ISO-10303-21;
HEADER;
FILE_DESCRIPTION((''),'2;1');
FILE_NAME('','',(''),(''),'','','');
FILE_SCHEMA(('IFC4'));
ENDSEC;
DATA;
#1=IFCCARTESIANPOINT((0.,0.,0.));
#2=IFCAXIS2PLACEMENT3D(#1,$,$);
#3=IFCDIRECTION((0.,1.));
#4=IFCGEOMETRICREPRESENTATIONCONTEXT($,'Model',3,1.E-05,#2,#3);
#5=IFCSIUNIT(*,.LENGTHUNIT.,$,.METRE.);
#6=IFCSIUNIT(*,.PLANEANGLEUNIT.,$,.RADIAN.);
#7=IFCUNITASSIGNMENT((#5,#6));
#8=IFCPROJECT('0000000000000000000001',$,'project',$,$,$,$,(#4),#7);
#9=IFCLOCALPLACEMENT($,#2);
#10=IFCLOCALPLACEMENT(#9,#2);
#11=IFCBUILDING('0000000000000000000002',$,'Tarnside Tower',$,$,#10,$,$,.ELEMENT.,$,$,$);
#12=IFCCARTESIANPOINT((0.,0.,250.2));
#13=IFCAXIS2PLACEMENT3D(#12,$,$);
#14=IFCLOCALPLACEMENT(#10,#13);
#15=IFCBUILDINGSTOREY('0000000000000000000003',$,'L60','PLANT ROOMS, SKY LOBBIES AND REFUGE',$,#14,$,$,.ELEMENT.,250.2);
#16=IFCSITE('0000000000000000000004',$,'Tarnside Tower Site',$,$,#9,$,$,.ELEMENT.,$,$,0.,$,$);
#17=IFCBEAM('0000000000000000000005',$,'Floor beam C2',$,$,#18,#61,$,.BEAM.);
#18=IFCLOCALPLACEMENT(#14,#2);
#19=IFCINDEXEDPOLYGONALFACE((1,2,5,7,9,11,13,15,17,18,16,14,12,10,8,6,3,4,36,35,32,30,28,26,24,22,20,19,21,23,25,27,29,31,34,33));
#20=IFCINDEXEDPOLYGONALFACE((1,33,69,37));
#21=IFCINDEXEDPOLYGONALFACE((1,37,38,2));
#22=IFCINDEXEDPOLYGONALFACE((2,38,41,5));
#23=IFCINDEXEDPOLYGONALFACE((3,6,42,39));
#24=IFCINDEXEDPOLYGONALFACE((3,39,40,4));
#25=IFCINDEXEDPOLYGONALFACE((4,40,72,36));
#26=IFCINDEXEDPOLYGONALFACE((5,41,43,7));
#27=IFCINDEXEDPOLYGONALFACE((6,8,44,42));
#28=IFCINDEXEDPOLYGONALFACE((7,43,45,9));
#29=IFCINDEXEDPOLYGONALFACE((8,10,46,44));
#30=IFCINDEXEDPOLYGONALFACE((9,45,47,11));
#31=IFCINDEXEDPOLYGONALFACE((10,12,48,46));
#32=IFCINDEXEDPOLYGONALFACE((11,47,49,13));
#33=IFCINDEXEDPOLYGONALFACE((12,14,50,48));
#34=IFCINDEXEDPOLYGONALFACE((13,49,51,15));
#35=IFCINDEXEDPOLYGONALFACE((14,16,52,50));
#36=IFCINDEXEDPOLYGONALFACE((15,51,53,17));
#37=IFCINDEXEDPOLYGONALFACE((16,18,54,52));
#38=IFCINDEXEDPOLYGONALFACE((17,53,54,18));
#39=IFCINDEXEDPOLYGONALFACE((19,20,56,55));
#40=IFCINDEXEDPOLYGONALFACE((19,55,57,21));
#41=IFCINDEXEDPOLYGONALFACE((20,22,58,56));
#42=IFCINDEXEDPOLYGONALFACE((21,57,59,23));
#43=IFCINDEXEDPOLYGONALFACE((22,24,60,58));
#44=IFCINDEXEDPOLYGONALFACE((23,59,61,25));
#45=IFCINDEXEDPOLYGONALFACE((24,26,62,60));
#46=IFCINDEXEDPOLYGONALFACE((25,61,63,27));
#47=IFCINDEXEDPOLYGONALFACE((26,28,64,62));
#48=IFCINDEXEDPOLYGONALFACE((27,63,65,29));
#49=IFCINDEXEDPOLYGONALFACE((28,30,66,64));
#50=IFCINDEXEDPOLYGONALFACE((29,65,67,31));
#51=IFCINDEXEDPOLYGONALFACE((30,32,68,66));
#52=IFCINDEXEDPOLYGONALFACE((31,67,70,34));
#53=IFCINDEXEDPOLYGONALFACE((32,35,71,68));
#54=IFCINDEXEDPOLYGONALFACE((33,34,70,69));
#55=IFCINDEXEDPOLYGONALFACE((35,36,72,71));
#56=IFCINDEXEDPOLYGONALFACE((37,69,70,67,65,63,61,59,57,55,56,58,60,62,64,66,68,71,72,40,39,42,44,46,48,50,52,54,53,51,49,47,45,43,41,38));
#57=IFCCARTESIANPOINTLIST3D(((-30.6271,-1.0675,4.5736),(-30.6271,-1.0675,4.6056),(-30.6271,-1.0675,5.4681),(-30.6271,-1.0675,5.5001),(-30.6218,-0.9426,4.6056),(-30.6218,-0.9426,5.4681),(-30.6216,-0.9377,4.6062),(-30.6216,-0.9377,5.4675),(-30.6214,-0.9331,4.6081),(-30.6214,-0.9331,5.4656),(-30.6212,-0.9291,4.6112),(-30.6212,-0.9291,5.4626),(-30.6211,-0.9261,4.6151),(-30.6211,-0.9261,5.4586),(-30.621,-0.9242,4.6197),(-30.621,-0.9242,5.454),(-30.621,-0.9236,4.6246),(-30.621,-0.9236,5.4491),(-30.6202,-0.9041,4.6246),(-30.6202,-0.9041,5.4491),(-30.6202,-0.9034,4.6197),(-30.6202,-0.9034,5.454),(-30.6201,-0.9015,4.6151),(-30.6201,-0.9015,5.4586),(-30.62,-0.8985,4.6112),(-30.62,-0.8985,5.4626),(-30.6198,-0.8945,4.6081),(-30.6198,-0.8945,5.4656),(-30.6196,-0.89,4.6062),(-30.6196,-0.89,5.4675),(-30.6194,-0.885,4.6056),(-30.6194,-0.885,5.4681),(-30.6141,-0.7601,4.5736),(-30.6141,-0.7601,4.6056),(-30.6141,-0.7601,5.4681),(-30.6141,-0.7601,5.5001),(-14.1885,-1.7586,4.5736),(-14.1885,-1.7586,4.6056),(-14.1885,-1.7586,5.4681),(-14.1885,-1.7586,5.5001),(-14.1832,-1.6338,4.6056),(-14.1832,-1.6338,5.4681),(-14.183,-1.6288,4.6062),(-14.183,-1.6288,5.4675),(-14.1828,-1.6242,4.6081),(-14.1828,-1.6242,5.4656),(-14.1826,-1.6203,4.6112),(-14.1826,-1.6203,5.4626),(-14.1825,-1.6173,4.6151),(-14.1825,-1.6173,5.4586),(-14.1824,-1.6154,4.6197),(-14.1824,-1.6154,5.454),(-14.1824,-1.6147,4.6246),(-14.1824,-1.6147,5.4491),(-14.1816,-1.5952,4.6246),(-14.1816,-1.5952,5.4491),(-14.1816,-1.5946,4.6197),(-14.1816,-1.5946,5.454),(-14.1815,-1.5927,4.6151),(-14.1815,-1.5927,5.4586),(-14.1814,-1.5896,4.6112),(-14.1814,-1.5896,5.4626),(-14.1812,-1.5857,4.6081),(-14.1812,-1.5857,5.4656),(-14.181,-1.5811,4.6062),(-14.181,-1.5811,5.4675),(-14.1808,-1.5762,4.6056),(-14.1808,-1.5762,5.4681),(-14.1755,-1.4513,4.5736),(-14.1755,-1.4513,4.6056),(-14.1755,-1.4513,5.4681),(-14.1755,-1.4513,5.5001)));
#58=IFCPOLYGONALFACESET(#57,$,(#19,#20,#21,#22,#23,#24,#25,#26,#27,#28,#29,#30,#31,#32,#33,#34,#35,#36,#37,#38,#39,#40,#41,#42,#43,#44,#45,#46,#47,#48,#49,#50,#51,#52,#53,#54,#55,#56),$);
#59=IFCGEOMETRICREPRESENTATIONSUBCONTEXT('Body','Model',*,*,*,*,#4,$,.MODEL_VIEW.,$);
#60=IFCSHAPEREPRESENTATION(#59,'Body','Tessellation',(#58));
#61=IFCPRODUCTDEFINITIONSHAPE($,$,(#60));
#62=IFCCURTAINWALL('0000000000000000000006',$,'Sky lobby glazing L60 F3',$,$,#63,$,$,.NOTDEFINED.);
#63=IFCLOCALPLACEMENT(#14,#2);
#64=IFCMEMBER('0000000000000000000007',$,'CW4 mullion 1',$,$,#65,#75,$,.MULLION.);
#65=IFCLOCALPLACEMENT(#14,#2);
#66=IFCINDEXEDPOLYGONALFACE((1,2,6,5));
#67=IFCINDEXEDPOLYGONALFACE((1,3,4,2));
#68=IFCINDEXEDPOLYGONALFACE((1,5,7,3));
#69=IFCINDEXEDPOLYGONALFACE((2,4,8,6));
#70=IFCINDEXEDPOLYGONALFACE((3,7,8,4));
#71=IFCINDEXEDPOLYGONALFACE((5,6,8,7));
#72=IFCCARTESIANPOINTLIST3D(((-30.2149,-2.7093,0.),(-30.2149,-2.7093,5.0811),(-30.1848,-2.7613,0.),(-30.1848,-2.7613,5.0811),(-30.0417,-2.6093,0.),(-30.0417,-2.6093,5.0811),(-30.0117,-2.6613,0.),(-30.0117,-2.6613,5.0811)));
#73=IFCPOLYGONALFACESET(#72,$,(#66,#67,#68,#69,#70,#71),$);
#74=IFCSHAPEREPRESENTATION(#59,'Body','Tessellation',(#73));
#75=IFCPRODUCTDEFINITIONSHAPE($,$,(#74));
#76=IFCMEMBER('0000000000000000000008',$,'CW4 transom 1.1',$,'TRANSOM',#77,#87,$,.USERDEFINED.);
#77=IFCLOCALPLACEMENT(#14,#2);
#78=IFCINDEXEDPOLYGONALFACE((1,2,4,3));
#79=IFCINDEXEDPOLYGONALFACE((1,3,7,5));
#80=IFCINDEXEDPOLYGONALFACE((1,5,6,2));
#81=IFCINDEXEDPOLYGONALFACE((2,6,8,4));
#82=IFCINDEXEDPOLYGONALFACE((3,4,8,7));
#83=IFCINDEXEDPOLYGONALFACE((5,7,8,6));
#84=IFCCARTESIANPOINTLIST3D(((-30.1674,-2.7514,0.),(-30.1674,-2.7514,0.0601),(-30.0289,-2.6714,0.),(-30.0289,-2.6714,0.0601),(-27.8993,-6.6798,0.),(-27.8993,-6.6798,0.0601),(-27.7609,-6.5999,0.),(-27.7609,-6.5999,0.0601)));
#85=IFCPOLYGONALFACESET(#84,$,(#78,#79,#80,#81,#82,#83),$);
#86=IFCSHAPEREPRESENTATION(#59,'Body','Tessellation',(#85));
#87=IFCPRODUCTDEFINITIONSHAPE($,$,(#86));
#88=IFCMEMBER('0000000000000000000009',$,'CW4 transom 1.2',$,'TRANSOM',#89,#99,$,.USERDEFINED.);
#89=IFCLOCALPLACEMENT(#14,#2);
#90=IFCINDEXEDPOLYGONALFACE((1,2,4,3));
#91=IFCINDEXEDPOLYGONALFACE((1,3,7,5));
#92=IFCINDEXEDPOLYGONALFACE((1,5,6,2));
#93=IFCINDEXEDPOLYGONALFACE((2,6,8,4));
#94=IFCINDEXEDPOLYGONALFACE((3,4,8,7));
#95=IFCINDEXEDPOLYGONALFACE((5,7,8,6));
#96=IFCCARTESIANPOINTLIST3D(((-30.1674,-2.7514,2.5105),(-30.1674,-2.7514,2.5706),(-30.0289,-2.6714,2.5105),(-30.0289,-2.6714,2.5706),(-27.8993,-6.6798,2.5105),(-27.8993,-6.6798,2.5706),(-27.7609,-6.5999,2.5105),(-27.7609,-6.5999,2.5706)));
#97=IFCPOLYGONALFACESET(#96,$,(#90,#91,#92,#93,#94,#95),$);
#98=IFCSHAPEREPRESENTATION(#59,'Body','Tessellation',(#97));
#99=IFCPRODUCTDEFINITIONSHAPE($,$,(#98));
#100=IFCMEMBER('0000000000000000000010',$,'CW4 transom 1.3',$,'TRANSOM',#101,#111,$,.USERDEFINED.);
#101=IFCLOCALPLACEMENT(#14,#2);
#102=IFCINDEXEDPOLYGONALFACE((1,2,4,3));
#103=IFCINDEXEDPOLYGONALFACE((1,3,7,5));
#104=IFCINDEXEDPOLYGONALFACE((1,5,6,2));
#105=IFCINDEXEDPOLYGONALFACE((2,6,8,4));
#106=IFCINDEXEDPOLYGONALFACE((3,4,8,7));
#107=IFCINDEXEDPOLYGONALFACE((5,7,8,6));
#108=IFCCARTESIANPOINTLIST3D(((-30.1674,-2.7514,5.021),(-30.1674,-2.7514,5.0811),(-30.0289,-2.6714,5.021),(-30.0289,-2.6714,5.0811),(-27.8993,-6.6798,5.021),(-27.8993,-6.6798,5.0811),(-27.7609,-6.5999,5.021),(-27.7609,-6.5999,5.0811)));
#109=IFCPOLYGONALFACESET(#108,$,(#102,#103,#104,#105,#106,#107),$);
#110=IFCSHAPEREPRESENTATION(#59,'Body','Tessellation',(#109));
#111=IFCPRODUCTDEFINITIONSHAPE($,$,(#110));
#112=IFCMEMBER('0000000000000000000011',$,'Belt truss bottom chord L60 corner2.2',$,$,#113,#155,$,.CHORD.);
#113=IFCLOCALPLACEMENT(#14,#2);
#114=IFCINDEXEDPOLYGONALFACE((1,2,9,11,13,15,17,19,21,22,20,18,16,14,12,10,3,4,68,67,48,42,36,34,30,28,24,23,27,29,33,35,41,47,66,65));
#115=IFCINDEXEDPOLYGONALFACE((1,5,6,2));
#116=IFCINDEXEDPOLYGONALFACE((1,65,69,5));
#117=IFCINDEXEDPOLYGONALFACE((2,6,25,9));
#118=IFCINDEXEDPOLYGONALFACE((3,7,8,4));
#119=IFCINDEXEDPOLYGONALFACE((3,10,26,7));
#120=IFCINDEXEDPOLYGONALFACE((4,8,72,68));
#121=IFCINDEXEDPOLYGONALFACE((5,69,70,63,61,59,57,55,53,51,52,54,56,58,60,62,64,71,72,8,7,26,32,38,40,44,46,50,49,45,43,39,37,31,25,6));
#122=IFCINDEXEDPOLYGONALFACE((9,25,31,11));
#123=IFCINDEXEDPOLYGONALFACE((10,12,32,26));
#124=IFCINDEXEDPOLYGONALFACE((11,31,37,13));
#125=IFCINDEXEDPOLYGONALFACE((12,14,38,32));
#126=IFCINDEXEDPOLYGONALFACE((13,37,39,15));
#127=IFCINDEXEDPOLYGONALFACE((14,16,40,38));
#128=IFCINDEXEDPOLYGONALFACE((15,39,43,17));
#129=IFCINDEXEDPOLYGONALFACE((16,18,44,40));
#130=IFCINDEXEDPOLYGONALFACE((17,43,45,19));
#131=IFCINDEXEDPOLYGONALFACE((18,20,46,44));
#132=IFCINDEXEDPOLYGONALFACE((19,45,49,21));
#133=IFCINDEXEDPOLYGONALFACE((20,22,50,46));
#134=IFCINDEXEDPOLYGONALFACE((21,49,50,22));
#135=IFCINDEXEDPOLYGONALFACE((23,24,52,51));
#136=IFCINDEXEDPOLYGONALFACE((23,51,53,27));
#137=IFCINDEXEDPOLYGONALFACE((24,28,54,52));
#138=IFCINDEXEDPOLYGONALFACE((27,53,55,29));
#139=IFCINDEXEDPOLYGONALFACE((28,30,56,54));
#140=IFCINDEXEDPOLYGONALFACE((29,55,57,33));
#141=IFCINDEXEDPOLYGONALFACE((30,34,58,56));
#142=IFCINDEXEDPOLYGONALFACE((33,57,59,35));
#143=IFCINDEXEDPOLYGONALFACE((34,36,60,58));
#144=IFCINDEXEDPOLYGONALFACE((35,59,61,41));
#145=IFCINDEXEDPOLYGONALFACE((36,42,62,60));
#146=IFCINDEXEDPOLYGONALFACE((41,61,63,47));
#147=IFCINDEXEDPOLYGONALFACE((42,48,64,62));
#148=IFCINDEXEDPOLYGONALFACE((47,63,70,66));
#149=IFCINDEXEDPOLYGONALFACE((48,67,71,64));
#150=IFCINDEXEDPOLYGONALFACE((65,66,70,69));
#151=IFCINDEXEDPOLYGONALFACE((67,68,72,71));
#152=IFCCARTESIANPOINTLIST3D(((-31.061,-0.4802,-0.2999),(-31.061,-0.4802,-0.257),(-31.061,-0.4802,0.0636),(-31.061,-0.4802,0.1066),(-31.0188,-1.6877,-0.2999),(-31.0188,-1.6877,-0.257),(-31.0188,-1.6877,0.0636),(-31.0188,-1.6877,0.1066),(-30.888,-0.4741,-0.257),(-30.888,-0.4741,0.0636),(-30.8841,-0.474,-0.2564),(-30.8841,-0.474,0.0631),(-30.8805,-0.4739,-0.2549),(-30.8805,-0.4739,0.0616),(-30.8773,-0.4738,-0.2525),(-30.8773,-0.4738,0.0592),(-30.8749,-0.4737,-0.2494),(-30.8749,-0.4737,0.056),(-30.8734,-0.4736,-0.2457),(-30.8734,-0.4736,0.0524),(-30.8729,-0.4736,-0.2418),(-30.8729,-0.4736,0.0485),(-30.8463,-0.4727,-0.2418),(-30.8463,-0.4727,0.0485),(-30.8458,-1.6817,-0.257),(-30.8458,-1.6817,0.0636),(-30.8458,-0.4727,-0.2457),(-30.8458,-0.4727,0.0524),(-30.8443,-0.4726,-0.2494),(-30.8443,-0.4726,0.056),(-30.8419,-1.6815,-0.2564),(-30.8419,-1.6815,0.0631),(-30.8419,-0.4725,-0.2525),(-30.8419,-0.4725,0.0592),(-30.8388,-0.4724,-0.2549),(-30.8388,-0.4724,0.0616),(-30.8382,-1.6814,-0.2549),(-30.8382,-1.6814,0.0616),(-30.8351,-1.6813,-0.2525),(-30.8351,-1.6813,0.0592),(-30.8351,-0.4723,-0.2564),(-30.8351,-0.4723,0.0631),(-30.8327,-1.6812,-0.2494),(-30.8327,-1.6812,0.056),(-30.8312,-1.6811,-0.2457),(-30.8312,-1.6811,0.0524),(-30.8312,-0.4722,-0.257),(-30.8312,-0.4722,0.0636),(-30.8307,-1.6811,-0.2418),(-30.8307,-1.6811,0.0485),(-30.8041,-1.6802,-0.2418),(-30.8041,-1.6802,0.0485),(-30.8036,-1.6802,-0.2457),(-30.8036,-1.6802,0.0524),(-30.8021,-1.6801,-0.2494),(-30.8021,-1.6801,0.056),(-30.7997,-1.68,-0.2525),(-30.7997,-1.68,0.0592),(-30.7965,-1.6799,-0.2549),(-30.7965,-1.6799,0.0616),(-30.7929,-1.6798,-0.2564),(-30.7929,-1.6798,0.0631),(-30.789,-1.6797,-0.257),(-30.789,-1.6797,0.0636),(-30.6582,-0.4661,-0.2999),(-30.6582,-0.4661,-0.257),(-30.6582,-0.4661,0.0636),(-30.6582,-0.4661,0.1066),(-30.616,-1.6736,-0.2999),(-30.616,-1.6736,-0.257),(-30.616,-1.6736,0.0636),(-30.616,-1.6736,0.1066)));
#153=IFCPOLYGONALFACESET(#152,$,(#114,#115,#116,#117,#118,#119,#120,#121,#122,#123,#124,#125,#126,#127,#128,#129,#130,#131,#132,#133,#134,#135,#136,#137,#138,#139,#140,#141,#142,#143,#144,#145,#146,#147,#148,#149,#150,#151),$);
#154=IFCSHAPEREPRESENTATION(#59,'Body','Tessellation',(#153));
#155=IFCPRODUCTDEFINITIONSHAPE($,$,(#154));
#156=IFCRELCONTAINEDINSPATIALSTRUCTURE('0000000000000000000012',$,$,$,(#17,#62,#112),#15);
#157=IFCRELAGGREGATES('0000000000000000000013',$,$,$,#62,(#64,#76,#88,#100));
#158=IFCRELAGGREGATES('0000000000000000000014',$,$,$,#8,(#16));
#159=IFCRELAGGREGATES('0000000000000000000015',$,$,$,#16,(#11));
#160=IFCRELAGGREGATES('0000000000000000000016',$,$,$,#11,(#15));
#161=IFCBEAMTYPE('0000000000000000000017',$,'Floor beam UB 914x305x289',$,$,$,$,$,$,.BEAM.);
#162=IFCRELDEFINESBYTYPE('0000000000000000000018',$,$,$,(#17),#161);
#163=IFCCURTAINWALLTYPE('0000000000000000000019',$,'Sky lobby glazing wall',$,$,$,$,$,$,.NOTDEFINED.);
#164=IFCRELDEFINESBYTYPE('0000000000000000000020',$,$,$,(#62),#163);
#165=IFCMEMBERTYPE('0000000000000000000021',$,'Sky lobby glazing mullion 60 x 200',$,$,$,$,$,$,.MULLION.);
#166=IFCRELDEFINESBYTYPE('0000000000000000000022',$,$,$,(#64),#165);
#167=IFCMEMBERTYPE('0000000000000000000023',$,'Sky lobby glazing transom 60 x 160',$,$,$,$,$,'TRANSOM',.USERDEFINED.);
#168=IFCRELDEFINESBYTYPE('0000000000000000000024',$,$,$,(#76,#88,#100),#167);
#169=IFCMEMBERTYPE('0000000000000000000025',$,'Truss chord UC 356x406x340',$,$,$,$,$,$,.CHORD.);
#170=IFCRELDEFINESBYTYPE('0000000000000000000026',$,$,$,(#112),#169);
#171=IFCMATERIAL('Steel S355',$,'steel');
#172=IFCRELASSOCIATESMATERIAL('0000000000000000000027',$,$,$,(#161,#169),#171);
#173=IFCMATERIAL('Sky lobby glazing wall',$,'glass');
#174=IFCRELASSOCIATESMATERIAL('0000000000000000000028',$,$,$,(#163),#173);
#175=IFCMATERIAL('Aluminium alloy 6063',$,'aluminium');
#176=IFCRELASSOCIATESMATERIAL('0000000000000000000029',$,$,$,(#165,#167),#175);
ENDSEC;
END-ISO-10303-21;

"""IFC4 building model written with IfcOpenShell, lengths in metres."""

from ifc_helpers import new_model, si_unit, direction, frame, origin, origin_2d, place, context, subcontext, project, spatial, rectangle, i_section, extrude, material, material_profile, profile_set, type_object, element, aggregate, save


model = new_model("IFC4")

# Units and contexts
model_context = context("Model", 3, precision=1e-05, world=origin(), true_north=direction((0.0, 1.0)))
body_context = subcontext(model_context, "Body", "Model", "MODEL_VIEW")
ifc_project = project(units=[si_unit("LENGTHUNIT", "METRE"), si_unit("PLANEANGLEUNIT", "RADIAN")], contexts=[model_context])

# Site, building, storey
site_placement = place(None, origin())
site = spatial("IfcSite", under=ifc_project, at=site_placement, Name="Tarnside Tower Site", CompositionType="ELEMENT", RefElevation=0.0)
building_placement = place(site_placement, origin())
building = spatial("IfcBuilding", under=site, at=building_placement, Name="Tarnside Tower", CompositionType="ELEMENT")
storey_placement = place(building_placement, frame((0.0, 0.0, 250.2)))
storey = spatial("IfcBuildingStorey", under=building, at=storey_placement, Name="L60", Description="PLANT ROOMS, SKY LOBBIES AND REFUGE", CompositionType="ELEMENT", Elevation=250.2)

# Beam
ifc_material_1 = material(Name="Steel S355", Category="steel")
ifc_material_profile_1 = material_profile(ifc_material_1, i_section(OverallWidth=0.3076, OverallDepth=0.9265, WebThickness=0.0195, FlangeThickness=0.032, FilletRadius=0.019, at=origin_2d()), Name="UB 914x305x289")
ifc_profile_set_1 = profile_set([ifc_material_profile_1], Name="Steel S355")
beam_type = type_object("IfcBeamType", Name="Floor beam UB 914x305x289", PredefinedType="BEAM", material=ifc_profile_set_1)
beam_placement = place(storey_placement, frame((-30.6206, -0.9138, 5.0369), z_axis=(0.999117, -0.042008, 0.0), x_axis=(0.042008, 0.999117, 0.0)))
element("IfcBeam", 1, at=beam_placement, inside=storey, type_object=beam_type, Name="Floor beam C2", PredefinedType="BEAM", context=body_context, shape_type="SweptSolid", body=[
    extrude(i_section(OverallWidth=0.3076, OverallDepth=0.9265, WebThickness=0.0195, FlangeThickness=0.032, FilletRadius=0.019, at=origin_2d()), origin(), (0.0, 0.0, 1.0), 16.4531),
])

# Curtain wall, members
ifc_material_2 = material(Name="Sky lobby glazing wall", Category="glass")
curtain_wall_type = type_object("IfcCurtainWallType", Name="Sky lobby glazing wall", PredefinedType="NOTDEFINED", material=ifc_material_2)
curtain_wall_placement = place(storey_placement, origin())
curtain_wall = element("IfcCurtainWall", 2, at=curtain_wall_placement, inside=storey, type_object=curtain_wall_type, Name="Sky lobby glazing L60 F3", PredefinedType="NOTDEFINED")
ifc_material_3 = material(Name="Aluminium alloy 6063", Category="aluminium")
ifc_material_profile_2 = material_profile(ifc_material_3, rectangle(XDim=0.2, YDim=0.0601, at=origin_2d()), Name="Sky lobby glazing mullion 60 x 200")
ifc_profile_set_2 = profile_set([ifc_material_profile_2], Name="Aluminium alloy 6063")
member_type_1 = type_object("IfcMemberType", Name="Sky lobby glazing mullion 60 x 200", PredefinedType="MULLION", material=ifc_profile_set_2)
member_1_placement = place(storey_placement, frame((-30.1133, -2.6853, 0.0), z_axis=(0.0, 0.0, 1.0), x_axis=(0.866025, 0.5, 0.0)))
member_1 = element("IfcMember", 3, at=member_1_placement, type_object=member_type_1, Name="CW4 mullion 1", PredefinedType="MULLION", context=body_context, shape_type="SweptSolid", body=[
    extrude(rectangle(XDim=0.2, YDim=0.0601, at=origin_2d()), origin(), (0.0, 0.0, 1.0), 5.0811),
])
ifc_material_profile_3 = material_profile(ifc_material_3, rectangle(XDim=0.1599, YDim=0.0601, at=origin_2d()), Name="Sky lobby glazing transom 60 x 160")
ifc_profile_set_3 = profile_set([ifc_material_profile_3], Name="Aluminium alloy 6063")
member_type_2 = type_object("IfcMemberType", Name="Sky lobby glazing transom 60 x 160", ElementType="TRANSOM", PredefinedType="USERDEFINED", material=ifc_profile_set_3)
member_2_placement = place(storey_placement, frame((-30.0981, -2.7114, 0.03), z_axis=(0.499994, -0.866029, 0.0), x_axis=(0.866029, 0.499994, 0.0)))
member_2 = element("IfcMember", 4, at=member_2_placement, type_object=member_type_2, Name="CW4 transom 1.1", ObjectType="TRANSOM", PredefinedType="USERDEFINED", context=body_context, shape_type="SweptSolid", body=[
    extrude(rectangle(XDim=0.1599, YDim=0.0601, at=origin_2d()), origin(), (0.0, 0.0, 1.0), 4.5361),
])
member_3_placement = place(storey_placement, frame((-30.0981, -2.7114, 2.5405), z_axis=(0.499994, -0.866029, 0.0), x_axis=(0.866029, 0.499994, 0.0)))
member_3 = element("IfcMember", 5, at=member_3_placement, type_object=member_type_2, Name="CW4 transom 1.2", ObjectType="TRANSOM", PredefinedType="USERDEFINED", context=body_context, shape_type="SweptSolid", body=[
    extrude(rectangle(XDim=0.1599, YDim=0.0601, at=origin_2d()), origin(), (0.0, 0.0, 1.0), 4.5361),
])
member_4_placement = place(storey_placement, frame((-30.0981, -2.7114, 5.051), z_axis=(0.499994, -0.866029, 0.0), x_axis=(0.866029, 0.499994, 0.0)))
member_4 = element("IfcMember", 6, at=member_4_placement, type_object=member_type_2, Name="CW4 transom 1.3", ObjectType="TRANSOM", PredefinedType="USERDEFINED", context=body_context, shape_type="SweptSolid", body=[
    extrude(rectangle(XDim=0.1599, YDim=0.0601, at=origin_2d()), origin(), (0.0, 0.0, 1.0), 4.5361),
])
aggregate(curtain_wall, [member_1, member_2, member_3, member_4])

# Member
ifc_material_profile_4 = material_profile(ifc_material_1, i_section(OverallWidth=0.4031, OverallDepth=0.4065, WebThickness=0.0266, FlangeThickness=0.043, FilletRadius=0.0151, at=origin_2d()), Name="UC 356x406x340")
ifc_profile_set_4 = profile_set([ifc_material_profile_4], Name="Steel S355")
member_type_3 = type_object("IfcMemberType", Name="Truss chord UC 356x406x340", PredefinedType="CHORD", material=ifc_profile_set_4)
member_5_placement = place(storey_placement, frame((-30.8596, -0.4731, -0.0967), z_axis=(0.034956, -0.999389, 0.0), x_axis=(0.999389, 0.034956, 0.0)))
element("IfcMember", 7, at=member_5_placement, inside=storey, type_object=member_type_3, Name="Belt truss bottom chord L60 corner2.2", PredefinedType="CHORD", context=body_context, shape_type="SweptSolid", body=[
    extrude(i_section(OverallWidth=0.4031, OverallDepth=0.4065, WebThickness=0.0266, FlangeThickness=0.043, FilletRadius=0.0151, at=origin_2d()), origin(), (0.0, 0.0, 1.0), 1.2083),
])

save(model, "model.ifc")
